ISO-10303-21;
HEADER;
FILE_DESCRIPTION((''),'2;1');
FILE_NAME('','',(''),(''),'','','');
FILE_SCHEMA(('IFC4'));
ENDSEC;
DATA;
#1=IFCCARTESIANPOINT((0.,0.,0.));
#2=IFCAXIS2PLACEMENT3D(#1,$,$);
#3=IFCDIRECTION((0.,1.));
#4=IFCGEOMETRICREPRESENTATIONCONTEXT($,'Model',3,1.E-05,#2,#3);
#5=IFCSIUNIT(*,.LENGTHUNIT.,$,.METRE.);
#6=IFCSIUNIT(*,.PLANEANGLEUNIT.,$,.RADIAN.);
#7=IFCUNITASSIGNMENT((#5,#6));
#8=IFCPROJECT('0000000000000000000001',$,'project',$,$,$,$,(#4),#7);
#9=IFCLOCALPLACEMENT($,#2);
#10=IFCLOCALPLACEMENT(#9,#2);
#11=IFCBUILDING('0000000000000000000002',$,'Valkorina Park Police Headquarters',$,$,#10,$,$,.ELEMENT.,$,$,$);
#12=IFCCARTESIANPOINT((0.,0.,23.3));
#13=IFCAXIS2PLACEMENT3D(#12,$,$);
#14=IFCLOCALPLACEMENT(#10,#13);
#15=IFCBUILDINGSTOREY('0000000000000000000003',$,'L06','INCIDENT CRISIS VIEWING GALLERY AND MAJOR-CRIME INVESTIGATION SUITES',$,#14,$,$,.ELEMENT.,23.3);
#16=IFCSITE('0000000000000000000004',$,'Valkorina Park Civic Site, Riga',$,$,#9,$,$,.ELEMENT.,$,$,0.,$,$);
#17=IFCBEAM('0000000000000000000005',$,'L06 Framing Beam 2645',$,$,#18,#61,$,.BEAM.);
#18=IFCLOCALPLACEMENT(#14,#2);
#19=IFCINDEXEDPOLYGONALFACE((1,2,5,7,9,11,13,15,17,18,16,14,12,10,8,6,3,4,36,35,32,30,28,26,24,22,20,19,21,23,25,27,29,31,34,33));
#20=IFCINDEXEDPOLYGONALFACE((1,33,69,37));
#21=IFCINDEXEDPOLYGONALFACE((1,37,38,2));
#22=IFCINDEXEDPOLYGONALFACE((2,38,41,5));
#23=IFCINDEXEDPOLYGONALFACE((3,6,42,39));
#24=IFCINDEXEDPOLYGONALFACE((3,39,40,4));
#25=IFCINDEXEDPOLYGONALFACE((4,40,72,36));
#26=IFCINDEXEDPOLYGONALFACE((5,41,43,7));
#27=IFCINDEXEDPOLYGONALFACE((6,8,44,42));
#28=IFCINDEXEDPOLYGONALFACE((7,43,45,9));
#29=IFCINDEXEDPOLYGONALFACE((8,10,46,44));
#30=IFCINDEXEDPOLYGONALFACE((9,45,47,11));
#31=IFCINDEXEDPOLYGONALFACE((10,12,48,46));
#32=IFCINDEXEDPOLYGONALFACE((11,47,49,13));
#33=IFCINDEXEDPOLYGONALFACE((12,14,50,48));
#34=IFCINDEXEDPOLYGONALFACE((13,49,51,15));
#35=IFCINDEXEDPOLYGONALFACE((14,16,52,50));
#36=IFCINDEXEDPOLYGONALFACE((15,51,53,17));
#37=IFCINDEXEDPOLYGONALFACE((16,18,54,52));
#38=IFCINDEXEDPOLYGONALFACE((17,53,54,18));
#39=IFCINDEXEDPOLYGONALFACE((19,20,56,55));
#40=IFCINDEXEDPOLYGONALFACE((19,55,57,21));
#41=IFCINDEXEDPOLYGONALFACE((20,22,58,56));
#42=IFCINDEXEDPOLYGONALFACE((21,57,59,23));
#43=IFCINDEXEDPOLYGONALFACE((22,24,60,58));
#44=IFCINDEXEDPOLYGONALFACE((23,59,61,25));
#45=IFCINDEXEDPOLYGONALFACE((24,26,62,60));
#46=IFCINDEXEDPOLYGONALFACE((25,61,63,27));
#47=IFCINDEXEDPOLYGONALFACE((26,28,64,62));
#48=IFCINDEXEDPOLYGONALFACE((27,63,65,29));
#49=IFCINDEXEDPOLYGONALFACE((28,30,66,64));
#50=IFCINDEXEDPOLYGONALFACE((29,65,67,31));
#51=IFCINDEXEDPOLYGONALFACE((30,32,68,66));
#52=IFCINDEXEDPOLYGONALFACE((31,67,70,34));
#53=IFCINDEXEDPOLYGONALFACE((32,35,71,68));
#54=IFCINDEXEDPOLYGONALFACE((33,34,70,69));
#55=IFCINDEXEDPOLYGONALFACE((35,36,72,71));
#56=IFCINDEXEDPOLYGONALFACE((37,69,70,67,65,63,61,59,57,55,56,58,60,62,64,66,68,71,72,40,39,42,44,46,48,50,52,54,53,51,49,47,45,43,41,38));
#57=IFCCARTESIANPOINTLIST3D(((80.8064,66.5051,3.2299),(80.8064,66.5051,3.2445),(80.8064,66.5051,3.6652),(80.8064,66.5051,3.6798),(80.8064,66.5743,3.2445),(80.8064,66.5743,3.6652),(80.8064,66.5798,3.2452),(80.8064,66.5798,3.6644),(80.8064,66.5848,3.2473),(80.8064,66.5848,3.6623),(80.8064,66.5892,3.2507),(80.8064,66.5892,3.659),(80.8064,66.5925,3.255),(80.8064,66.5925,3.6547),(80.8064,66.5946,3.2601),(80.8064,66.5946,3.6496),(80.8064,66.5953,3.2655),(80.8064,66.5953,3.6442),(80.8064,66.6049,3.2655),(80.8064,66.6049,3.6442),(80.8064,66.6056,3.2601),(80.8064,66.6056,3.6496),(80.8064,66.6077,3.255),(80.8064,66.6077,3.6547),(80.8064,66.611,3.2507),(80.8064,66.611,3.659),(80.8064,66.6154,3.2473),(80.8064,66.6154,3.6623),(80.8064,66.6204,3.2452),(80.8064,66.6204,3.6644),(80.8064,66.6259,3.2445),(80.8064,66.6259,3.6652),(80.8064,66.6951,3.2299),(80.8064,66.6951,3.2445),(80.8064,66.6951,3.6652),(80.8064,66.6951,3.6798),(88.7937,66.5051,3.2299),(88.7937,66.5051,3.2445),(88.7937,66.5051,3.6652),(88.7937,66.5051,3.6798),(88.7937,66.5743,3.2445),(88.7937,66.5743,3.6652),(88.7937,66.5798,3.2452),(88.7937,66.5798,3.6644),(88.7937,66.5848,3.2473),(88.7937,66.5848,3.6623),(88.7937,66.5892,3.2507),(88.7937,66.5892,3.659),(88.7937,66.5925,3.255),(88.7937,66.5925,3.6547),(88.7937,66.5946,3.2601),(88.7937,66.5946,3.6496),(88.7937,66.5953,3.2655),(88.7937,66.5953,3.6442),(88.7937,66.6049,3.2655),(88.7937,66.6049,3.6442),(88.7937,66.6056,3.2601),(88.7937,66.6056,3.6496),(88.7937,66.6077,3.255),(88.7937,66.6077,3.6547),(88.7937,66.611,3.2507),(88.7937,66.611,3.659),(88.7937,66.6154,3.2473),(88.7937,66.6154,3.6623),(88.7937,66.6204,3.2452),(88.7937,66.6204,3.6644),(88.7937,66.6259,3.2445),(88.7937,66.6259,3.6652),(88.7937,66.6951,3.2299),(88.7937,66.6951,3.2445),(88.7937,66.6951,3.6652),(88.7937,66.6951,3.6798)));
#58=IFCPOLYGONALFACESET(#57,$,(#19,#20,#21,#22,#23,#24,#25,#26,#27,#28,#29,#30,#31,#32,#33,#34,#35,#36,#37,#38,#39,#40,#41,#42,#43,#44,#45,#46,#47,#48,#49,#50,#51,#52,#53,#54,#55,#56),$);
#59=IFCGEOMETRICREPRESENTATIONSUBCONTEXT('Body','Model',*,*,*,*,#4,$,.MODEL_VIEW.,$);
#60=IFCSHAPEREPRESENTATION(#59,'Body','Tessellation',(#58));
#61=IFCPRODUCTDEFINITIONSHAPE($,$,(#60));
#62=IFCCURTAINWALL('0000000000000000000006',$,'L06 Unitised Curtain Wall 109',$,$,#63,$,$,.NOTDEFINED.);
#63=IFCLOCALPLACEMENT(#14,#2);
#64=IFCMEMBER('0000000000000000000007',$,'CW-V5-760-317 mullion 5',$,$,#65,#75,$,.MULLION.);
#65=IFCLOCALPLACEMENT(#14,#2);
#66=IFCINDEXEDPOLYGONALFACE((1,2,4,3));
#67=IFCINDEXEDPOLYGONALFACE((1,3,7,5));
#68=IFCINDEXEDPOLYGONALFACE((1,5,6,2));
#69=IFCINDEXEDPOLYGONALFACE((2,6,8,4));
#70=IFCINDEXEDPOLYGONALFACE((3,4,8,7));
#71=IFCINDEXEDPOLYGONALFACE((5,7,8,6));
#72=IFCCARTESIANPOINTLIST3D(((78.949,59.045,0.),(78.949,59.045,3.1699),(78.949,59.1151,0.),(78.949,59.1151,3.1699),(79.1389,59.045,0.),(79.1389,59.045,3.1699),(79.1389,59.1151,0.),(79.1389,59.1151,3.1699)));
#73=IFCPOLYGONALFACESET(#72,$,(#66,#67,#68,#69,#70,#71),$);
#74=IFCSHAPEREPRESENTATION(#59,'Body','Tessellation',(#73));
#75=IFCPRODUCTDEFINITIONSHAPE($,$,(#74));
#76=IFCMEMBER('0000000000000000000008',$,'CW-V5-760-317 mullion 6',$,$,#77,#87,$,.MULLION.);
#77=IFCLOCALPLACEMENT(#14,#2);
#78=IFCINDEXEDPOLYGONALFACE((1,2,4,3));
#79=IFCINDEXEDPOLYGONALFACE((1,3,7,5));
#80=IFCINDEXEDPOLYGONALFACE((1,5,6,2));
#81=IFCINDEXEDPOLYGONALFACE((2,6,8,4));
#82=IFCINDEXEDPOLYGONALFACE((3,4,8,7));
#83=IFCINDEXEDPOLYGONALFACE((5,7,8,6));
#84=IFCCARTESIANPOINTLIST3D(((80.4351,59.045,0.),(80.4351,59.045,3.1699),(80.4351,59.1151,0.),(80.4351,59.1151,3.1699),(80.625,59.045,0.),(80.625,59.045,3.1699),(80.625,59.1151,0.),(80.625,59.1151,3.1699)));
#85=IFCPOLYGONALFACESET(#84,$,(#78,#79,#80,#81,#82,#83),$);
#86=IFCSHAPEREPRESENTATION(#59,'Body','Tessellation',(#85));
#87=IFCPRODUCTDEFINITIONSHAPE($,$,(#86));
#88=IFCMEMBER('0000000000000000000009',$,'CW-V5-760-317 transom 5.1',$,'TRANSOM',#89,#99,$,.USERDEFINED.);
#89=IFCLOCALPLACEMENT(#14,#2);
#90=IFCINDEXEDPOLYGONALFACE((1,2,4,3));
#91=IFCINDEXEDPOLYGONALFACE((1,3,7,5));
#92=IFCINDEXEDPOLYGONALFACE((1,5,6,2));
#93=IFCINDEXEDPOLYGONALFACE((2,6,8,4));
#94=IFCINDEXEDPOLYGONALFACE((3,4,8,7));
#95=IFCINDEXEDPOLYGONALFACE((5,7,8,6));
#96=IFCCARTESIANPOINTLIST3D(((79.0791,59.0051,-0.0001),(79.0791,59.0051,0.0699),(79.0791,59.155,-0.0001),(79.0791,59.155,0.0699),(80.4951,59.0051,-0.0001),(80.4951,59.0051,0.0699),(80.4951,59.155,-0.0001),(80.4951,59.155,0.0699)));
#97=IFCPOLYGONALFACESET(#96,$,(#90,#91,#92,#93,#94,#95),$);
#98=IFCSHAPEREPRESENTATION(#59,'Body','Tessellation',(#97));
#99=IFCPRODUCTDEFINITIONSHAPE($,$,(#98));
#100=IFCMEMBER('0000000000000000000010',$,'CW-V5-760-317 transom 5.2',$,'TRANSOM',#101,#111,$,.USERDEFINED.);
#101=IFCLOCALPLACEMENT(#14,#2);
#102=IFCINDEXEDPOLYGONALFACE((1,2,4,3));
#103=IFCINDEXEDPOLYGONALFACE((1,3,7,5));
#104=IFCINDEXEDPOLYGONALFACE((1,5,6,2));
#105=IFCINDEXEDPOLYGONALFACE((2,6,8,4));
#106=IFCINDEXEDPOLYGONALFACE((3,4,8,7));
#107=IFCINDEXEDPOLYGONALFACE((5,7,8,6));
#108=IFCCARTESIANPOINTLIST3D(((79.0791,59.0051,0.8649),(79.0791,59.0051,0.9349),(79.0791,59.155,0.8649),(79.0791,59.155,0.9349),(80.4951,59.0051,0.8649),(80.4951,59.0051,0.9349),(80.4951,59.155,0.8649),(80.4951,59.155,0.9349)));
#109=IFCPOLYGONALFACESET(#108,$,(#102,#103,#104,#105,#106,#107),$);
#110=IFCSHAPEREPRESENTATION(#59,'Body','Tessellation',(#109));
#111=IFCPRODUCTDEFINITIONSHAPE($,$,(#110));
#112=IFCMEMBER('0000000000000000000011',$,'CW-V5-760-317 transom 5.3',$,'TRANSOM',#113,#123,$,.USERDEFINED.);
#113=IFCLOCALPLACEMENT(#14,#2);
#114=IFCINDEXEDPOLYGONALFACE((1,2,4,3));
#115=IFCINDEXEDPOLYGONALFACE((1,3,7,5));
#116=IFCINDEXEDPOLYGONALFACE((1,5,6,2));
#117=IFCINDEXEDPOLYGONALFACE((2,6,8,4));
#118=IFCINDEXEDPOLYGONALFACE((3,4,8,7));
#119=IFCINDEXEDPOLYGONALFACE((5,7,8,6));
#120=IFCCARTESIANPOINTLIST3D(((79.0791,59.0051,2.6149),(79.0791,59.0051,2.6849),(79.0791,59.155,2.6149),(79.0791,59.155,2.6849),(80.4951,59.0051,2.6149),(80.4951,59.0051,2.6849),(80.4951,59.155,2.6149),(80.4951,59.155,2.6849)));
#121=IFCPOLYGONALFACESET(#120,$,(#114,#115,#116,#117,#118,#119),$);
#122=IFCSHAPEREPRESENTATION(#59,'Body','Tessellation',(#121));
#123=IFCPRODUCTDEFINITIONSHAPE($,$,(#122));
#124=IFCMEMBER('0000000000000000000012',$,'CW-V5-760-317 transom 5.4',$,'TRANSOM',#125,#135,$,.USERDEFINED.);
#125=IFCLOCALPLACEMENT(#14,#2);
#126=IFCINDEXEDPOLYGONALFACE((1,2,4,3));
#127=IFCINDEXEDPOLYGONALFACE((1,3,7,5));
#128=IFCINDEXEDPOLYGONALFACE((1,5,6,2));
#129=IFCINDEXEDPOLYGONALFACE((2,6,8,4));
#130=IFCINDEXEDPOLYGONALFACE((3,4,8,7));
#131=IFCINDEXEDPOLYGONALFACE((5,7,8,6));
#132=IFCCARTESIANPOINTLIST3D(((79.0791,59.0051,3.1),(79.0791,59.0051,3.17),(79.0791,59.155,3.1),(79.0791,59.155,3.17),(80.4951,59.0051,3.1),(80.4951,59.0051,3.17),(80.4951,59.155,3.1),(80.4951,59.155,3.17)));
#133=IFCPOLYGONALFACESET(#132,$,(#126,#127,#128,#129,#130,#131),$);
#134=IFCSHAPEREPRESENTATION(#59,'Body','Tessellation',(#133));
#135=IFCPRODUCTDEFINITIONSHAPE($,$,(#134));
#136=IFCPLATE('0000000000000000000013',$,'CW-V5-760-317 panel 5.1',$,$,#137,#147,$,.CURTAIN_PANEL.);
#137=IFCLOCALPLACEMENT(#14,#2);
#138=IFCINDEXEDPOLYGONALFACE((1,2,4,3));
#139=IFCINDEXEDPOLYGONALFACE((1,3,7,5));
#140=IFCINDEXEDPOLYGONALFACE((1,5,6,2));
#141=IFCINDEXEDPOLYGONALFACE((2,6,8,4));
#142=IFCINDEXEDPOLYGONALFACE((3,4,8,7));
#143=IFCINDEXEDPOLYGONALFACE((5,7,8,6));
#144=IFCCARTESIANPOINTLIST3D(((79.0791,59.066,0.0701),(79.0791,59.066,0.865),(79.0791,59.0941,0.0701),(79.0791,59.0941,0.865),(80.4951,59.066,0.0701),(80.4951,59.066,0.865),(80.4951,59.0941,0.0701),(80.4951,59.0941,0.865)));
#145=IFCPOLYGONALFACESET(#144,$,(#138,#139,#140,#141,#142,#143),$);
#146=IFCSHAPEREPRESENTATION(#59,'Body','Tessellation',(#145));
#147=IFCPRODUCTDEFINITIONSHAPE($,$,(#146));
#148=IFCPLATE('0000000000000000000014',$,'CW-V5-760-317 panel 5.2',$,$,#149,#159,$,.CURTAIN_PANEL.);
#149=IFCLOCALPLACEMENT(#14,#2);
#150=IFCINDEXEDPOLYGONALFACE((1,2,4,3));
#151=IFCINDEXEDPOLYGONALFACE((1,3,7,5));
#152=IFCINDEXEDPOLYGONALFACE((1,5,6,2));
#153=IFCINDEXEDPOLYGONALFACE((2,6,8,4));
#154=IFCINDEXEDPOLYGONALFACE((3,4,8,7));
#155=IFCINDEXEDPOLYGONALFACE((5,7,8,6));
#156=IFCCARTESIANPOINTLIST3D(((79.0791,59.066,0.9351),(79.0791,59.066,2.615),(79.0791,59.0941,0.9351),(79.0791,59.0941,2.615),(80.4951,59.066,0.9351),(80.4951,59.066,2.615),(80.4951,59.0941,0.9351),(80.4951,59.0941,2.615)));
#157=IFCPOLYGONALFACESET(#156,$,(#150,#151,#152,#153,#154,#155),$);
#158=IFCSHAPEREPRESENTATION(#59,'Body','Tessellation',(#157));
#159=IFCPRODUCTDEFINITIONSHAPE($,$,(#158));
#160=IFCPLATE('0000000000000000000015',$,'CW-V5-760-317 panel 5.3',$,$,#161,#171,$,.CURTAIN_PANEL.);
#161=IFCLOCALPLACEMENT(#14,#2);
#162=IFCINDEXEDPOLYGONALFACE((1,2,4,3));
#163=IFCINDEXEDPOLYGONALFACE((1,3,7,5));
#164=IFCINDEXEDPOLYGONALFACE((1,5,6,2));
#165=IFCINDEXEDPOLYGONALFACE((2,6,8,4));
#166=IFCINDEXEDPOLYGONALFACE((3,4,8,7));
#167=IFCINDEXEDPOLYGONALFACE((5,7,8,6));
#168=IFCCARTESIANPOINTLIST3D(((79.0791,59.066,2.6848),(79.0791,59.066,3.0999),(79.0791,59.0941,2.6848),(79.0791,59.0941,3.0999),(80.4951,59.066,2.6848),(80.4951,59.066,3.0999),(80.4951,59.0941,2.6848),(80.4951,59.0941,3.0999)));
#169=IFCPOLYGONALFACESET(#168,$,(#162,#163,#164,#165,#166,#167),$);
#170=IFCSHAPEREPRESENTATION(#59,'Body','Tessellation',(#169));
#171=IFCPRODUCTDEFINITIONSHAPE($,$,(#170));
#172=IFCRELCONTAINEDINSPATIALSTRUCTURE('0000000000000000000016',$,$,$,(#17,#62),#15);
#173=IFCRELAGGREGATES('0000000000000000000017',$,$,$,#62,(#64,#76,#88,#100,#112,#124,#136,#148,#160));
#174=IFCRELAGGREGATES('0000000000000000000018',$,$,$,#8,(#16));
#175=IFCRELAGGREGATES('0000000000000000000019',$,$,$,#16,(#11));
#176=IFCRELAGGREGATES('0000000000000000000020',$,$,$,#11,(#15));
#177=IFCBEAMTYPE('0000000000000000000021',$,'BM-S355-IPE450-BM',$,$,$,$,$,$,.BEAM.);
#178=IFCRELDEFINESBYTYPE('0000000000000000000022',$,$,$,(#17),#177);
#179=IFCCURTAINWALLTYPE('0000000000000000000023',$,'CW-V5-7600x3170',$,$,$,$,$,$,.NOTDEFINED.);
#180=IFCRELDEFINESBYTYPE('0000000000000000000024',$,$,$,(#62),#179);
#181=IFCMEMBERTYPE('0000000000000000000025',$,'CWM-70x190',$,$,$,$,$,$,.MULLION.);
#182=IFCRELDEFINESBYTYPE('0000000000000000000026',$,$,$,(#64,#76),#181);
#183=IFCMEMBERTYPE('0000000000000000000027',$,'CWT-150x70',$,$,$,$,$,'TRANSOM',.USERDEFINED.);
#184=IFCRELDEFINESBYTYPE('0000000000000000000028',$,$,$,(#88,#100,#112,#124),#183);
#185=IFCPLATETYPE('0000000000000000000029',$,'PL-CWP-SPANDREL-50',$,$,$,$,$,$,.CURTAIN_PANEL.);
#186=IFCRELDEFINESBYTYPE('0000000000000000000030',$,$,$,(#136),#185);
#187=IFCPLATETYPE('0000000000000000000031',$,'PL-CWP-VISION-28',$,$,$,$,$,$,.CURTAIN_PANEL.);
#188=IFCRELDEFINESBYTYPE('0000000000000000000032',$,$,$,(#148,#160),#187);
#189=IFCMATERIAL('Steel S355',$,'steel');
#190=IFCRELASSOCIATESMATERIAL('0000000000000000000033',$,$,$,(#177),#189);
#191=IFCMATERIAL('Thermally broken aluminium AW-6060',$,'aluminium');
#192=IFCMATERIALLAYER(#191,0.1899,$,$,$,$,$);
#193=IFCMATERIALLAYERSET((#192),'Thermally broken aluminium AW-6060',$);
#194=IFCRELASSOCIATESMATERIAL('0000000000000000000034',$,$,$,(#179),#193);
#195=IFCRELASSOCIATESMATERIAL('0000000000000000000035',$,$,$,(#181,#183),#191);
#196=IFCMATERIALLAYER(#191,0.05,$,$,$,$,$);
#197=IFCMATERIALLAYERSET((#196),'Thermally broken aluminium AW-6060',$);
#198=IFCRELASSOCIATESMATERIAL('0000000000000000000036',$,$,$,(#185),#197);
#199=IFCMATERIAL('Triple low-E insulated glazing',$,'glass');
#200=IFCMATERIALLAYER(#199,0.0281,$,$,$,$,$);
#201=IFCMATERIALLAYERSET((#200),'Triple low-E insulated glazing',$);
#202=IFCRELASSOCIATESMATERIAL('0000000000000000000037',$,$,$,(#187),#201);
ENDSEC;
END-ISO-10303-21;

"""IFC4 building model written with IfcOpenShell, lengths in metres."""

from ifc_helpers import new_model, si_unit, direction, frame, origin, origin_2d, place, context, subcontext, project, spatial, rectangle, i_section, extrude, material, layer, layer_set, material_profile, profile_set, type_object, element, aggregate, save


model = new_model("IFC4")

# Units and contexts
model_context = context("Model", 3, precision=1e-05, world=origin(), true_north=direction((0.0, 1.0)))
body_context = subcontext(model_context, "Body", "Model", "MODEL_VIEW")
ifc_project = project(units=[si_unit("LENGTHUNIT", "METRE"), si_unit("PLANEANGLEUNIT", "RADIAN")], contexts=[model_context])

# Site, building, storey
site_placement = place(None, origin())
site = spatial("IfcSite", under=ifc_project, at=site_placement, Name="Valkorina Park Civic Site, Riga", CompositionType="ELEMENT", RefElevation=0.0)
building_placement = place(site_placement, origin())
building = spatial("IfcBuilding", under=site, at=building_placement, Name="Valkorina Park Police Headquarters", CompositionType="ELEMENT")
storey_placement = place(building_placement, frame((0.0, 0.0, 23.3)))
storey = spatial("IfcBuildingStorey", under=building, at=storey_placement, Name="L06", Description="INCIDENT CRISIS VIEWING GALLERY AND MAJOR-CRIME INVESTIGATION SUITES", CompositionType="ELEMENT", Elevation=23.3)

# Shared definitions
ifc_material_1 = material(Name="Steel S355", Category="steel")

# Beam
ifc_material_profile_1 = material_profile(ifc_material_1, i_section(OverallWidth=0.1899, OverallDepth=0.45, WebThickness=0.0095, FlangeThickness=0.0146, FilletRadius=0.021, at=origin_2d()), Name="IPE 450")
ifc_profile_set_1 = profile_set([ifc_material_profile_1], Name="Steel S355")
beam_type_1 = type_object("IfcBeamType", Name="BM-S355-IPE450-BM", PredefinedType="BEAM", material=ifc_profile_set_1)
beam_1_placement = place(storey_placement, frame((80.8064, 66.6001, 3.4548), z_axis=(1.0, 0.0, 0.0), x_axis=(0.0, 1.0, 0.0)))
element("IfcBeam", 1, at=beam_1_placement, inside=storey, type_object=beam_type_1, Name="L06 Framing Beam 2645", PredefinedType="BEAM", context=body_context, shape_type="SweptSolid", body=[
    extrude(i_section(OverallWidth=0.1899, OverallDepth=0.45, WebThickness=0.0095, FlangeThickness=0.0146, FilletRadius=0.021, at=origin_2d()), origin(), (0.0, 0.0, 1.0), 7.9873),
])

# Curtain wall, members, plates
ifc_material_2 = material(Name="Thermally broken aluminium AW-6060", Category="aluminium")
ifc_layer_1 = layer(ifc_material_2, 0.1899)
ifc_layer_set_1 = layer_set([ifc_layer_1], Name="Thermally broken aluminium AW-6060")
curtain_wall_type = type_object("IfcCurtainWallType", Name="CW-V5-7600x3170", PredefinedType="NOTDEFINED", material=ifc_layer_set_1)
curtain_wall_placement = place(storey_placement, origin())
curtain_wall = element("IfcCurtainWall", 2, at=curtain_wall_placement, inside=storey, type_object=curtain_wall_type, Name="L06 Unitised Curtain Wall 109", PredefinedType="NOTDEFINED")
ifc_material_profile_2 = material_profile(ifc_material_2, rectangle(XDim=0.0701, YDim=0.1899, at=origin_2d()), Name="CWM-02 70x190")
ifc_profile_set_2 = profile_set([ifc_material_profile_2], Name="Thermally broken aluminium AW-6060")
member_type_1 = type_object("IfcMemberType", Name="CWM-70x190", PredefinedType="MULLION", material=ifc_profile_set_2)
member_1_placement = place(storey_placement, frame((79.0439, 59.0801, 0.0), z_axis=(0.0, 0.0, 1.0), x_axis=(0.0, 1.0, 0.0)))
member_1 = element("IfcMember", 3, at=member_1_placement, type_object=member_type_1, Name="CW-V5-760-317 mullion 5", PredefinedType="MULLION", context=body_context, shape_type="SweptSolid", body=[
    extrude(rectangle(XDim=0.0701, YDim=0.1899, at=origin_2d()), origin(), (0.0, 0.0, 1.0), 3.1699),
])
member_2_placement = place(storey_placement, frame((80.53, 59.0801, 0.0), z_axis=(0.0, 0.0, 1.0), x_axis=(0.0, 1.0, 0.0)))
member_2 = element("IfcMember", 4, at=member_2_placement, type_object=member_type_1, Name="CW-V5-760-317 mullion 6", PredefinedType="MULLION", context=body_context, shape_type="SweptSolid", body=[
    extrude(rectangle(XDim=0.0701, YDim=0.1899, at=origin_2d()), origin(), (0.0, 0.0, 1.0), 3.1699),
])
ifc_material_profile_3 = material_profile(ifc_material_2, rectangle(XDim=0.1499, YDim=0.0701, at=origin_2d()), Name="CWT-02 150x70")
ifc_profile_set_3 = profile_set([ifc_material_profile_3], Name="Thermally broken aluminium AW-6060")
member_type_2 = type_object("IfcMemberType", Name="CWT-150x70", ElementType="TRANSOM", PredefinedType="USERDEFINED", material=ifc_profile_set_3)
member_3_placement = place(storey_placement, frame((79.0791, 59.0801, 0.0349), z_axis=(1.0, 0.0, 0.0), x_axis=(0.0, 1.0, 0.0)))
member_3 = element("IfcMember", 5, at=member_3_placement, type_object=member_type_2, Name="CW-V5-760-317 transom 5.1", ObjectType="TRANSOM", PredefinedType="USERDEFINED", context=body_context, shape_type="SweptSolid", body=[
    extrude(rectangle(XDim=0.1499, YDim=0.0701, at=origin_2d()), origin(), (0.0, 0.0, 1.0), 1.416),
])
member_4_placement = place(storey_placement, frame((79.0791, 59.0801, 0.8999), z_axis=(1.0, 0.0, 0.0), x_axis=(0.0, 1.0, 0.0)))
member_4 = element("IfcMember", 6, at=member_4_placement, type_object=member_type_2, Name="CW-V5-760-317 transom 5.2", ObjectType="TRANSOM", PredefinedType="USERDEFINED", context=body_context, shape_type="SweptSolid", body=[
    extrude(rectangle(XDim=0.1499, YDim=0.0701, at=origin_2d()), origin(), (0.0, 0.0, 1.0), 1.416),
])
member_5_placement = place(storey_placement, frame((79.0791, 59.0801, 2.6499), z_axis=(1.0, 0.0, 0.0), x_axis=(0.0, 1.0, 0.0)))
member_5 = element("IfcMember", 7, at=member_5_placement, type_object=member_type_2, Name="CW-V5-760-317 transom 5.3", ObjectType="TRANSOM", PredefinedType="USERDEFINED", context=body_context, shape_type="SweptSolid", body=[
    extrude(rectangle(XDim=0.1499, YDim=0.0701, at=origin_2d()), origin(), (0.0, 0.0, 1.0), 1.416),
])
member_6_placement = place(storey_placement, frame((79.0791, 59.0801, 3.135), z_axis=(1.0, 0.0, 0.0), x_axis=(0.0, 1.0, 0.0)))
member_6 = element("IfcMember", 8, at=member_6_placement, type_object=member_type_2, Name="CW-V5-760-317 transom 5.4", ObjectType="TRANSOM", PredefinedType="USERDEFINED", context=body_context, shape_type="SweptSolid", body=[
    extrude(rectangle(XDim=0.1499, YDim=0.0701, at=origin_2d()), origin(), (0.0, 0.0, 1.0), 1.416),
])
ifc_layer_2 = layer(ifc_material_2, 0.05)
ifc_layer_set_2 = layer_set([ifc_layer_2], Name="Thermally broken aluminium AW-6060")
plate_type_1 = type_object("IfcPlateType", Name="PL-CWP-SPANDREL-50", PredefinedType="CURTAIN_PANEL", material=ifc_layer_set_2)
plate_1_placement = place(storey_placement, frame((79.7871, 59.0801, 0.0701), z_axis=(0.0, 0.0, 1.0), x_axis=(1.0, 0.0, 0.0)))
plate_1 = element("IfcPlate", 9, at=plate_1_placement, type_object=plate_type_1, Name="CW-V5-760-317 panel 5.1", PredefinedType="CURTAIN_PANEL", context=body_context, shape_type="SweptSolid", body=[
    extrude(rectangle(XDim=1.416, YDim=0.0281, at=origin_2d()), origin(), (0.0, 0.0, 1.0), 0.7949),
])
ifc_material_3 = material(Name="Triple low-E insulated glazing", Category="glass")
ifc_layer_3 = layer(ifc_material_3, 0.0281)
ifc_layer_set_3 = layer_set([ifc_layer_3], Name="Triple low-E insulated glazing")
plate_type_2 = type_object("IfcPlateType", Name="PL-CWP-VISION-28", PredefinedType="CURTAIN_PANEL", material=ifc_layer_set_3)
plate_2_placement = place(storey_placement, frame((79.7871, 59.0801, 0.9351), z_axis=(0.0, 0.0, 1.0), x_axis=(1.0, 0.0, 0.0)))
plate_2 = element("IfcPlate", 10, at=plate_2_placement, type_object=plate_type_2, Name="CW-V5-760-317 panel 5.2", PredefinedType="CURTAIN_PANEL", context=body_context, shape_type="SweptSolid", body=[
    extrude(rectangle(XDim=1.416, YDim=0.0281, at=origin_2d()), origin(), (0.0, 0.0, 1.0), 1.6799),
])
plate_3_placement = place(storey_placement, frame((79.7871, 59.0801, 2.6848), z_axis=(0.0, 0.0, 1.0), x_axis=(1.0, 0.0, 0.0)))
plate_3 = element("IfcPlate", 11, at=plate_3_placement, type_object=plate_type_2, Name="CW-V5-760-317 panel 5.3", PredefinedType="CURTAIN_PANEL", context=body_context, shape_type="SweptSolid", body=[
    extrude(rectangle(XDim=1.416, YDim=0.0281, at=origin_2d()), origin(), (0.0, 0.0, 1.0), 0.415),
])
aggregate(curtain_wall, [member_1, member_2, member_3, member_4, member_5, member_6, plate_1, plate_2, plate_3])

save(model, "model.ifc")
